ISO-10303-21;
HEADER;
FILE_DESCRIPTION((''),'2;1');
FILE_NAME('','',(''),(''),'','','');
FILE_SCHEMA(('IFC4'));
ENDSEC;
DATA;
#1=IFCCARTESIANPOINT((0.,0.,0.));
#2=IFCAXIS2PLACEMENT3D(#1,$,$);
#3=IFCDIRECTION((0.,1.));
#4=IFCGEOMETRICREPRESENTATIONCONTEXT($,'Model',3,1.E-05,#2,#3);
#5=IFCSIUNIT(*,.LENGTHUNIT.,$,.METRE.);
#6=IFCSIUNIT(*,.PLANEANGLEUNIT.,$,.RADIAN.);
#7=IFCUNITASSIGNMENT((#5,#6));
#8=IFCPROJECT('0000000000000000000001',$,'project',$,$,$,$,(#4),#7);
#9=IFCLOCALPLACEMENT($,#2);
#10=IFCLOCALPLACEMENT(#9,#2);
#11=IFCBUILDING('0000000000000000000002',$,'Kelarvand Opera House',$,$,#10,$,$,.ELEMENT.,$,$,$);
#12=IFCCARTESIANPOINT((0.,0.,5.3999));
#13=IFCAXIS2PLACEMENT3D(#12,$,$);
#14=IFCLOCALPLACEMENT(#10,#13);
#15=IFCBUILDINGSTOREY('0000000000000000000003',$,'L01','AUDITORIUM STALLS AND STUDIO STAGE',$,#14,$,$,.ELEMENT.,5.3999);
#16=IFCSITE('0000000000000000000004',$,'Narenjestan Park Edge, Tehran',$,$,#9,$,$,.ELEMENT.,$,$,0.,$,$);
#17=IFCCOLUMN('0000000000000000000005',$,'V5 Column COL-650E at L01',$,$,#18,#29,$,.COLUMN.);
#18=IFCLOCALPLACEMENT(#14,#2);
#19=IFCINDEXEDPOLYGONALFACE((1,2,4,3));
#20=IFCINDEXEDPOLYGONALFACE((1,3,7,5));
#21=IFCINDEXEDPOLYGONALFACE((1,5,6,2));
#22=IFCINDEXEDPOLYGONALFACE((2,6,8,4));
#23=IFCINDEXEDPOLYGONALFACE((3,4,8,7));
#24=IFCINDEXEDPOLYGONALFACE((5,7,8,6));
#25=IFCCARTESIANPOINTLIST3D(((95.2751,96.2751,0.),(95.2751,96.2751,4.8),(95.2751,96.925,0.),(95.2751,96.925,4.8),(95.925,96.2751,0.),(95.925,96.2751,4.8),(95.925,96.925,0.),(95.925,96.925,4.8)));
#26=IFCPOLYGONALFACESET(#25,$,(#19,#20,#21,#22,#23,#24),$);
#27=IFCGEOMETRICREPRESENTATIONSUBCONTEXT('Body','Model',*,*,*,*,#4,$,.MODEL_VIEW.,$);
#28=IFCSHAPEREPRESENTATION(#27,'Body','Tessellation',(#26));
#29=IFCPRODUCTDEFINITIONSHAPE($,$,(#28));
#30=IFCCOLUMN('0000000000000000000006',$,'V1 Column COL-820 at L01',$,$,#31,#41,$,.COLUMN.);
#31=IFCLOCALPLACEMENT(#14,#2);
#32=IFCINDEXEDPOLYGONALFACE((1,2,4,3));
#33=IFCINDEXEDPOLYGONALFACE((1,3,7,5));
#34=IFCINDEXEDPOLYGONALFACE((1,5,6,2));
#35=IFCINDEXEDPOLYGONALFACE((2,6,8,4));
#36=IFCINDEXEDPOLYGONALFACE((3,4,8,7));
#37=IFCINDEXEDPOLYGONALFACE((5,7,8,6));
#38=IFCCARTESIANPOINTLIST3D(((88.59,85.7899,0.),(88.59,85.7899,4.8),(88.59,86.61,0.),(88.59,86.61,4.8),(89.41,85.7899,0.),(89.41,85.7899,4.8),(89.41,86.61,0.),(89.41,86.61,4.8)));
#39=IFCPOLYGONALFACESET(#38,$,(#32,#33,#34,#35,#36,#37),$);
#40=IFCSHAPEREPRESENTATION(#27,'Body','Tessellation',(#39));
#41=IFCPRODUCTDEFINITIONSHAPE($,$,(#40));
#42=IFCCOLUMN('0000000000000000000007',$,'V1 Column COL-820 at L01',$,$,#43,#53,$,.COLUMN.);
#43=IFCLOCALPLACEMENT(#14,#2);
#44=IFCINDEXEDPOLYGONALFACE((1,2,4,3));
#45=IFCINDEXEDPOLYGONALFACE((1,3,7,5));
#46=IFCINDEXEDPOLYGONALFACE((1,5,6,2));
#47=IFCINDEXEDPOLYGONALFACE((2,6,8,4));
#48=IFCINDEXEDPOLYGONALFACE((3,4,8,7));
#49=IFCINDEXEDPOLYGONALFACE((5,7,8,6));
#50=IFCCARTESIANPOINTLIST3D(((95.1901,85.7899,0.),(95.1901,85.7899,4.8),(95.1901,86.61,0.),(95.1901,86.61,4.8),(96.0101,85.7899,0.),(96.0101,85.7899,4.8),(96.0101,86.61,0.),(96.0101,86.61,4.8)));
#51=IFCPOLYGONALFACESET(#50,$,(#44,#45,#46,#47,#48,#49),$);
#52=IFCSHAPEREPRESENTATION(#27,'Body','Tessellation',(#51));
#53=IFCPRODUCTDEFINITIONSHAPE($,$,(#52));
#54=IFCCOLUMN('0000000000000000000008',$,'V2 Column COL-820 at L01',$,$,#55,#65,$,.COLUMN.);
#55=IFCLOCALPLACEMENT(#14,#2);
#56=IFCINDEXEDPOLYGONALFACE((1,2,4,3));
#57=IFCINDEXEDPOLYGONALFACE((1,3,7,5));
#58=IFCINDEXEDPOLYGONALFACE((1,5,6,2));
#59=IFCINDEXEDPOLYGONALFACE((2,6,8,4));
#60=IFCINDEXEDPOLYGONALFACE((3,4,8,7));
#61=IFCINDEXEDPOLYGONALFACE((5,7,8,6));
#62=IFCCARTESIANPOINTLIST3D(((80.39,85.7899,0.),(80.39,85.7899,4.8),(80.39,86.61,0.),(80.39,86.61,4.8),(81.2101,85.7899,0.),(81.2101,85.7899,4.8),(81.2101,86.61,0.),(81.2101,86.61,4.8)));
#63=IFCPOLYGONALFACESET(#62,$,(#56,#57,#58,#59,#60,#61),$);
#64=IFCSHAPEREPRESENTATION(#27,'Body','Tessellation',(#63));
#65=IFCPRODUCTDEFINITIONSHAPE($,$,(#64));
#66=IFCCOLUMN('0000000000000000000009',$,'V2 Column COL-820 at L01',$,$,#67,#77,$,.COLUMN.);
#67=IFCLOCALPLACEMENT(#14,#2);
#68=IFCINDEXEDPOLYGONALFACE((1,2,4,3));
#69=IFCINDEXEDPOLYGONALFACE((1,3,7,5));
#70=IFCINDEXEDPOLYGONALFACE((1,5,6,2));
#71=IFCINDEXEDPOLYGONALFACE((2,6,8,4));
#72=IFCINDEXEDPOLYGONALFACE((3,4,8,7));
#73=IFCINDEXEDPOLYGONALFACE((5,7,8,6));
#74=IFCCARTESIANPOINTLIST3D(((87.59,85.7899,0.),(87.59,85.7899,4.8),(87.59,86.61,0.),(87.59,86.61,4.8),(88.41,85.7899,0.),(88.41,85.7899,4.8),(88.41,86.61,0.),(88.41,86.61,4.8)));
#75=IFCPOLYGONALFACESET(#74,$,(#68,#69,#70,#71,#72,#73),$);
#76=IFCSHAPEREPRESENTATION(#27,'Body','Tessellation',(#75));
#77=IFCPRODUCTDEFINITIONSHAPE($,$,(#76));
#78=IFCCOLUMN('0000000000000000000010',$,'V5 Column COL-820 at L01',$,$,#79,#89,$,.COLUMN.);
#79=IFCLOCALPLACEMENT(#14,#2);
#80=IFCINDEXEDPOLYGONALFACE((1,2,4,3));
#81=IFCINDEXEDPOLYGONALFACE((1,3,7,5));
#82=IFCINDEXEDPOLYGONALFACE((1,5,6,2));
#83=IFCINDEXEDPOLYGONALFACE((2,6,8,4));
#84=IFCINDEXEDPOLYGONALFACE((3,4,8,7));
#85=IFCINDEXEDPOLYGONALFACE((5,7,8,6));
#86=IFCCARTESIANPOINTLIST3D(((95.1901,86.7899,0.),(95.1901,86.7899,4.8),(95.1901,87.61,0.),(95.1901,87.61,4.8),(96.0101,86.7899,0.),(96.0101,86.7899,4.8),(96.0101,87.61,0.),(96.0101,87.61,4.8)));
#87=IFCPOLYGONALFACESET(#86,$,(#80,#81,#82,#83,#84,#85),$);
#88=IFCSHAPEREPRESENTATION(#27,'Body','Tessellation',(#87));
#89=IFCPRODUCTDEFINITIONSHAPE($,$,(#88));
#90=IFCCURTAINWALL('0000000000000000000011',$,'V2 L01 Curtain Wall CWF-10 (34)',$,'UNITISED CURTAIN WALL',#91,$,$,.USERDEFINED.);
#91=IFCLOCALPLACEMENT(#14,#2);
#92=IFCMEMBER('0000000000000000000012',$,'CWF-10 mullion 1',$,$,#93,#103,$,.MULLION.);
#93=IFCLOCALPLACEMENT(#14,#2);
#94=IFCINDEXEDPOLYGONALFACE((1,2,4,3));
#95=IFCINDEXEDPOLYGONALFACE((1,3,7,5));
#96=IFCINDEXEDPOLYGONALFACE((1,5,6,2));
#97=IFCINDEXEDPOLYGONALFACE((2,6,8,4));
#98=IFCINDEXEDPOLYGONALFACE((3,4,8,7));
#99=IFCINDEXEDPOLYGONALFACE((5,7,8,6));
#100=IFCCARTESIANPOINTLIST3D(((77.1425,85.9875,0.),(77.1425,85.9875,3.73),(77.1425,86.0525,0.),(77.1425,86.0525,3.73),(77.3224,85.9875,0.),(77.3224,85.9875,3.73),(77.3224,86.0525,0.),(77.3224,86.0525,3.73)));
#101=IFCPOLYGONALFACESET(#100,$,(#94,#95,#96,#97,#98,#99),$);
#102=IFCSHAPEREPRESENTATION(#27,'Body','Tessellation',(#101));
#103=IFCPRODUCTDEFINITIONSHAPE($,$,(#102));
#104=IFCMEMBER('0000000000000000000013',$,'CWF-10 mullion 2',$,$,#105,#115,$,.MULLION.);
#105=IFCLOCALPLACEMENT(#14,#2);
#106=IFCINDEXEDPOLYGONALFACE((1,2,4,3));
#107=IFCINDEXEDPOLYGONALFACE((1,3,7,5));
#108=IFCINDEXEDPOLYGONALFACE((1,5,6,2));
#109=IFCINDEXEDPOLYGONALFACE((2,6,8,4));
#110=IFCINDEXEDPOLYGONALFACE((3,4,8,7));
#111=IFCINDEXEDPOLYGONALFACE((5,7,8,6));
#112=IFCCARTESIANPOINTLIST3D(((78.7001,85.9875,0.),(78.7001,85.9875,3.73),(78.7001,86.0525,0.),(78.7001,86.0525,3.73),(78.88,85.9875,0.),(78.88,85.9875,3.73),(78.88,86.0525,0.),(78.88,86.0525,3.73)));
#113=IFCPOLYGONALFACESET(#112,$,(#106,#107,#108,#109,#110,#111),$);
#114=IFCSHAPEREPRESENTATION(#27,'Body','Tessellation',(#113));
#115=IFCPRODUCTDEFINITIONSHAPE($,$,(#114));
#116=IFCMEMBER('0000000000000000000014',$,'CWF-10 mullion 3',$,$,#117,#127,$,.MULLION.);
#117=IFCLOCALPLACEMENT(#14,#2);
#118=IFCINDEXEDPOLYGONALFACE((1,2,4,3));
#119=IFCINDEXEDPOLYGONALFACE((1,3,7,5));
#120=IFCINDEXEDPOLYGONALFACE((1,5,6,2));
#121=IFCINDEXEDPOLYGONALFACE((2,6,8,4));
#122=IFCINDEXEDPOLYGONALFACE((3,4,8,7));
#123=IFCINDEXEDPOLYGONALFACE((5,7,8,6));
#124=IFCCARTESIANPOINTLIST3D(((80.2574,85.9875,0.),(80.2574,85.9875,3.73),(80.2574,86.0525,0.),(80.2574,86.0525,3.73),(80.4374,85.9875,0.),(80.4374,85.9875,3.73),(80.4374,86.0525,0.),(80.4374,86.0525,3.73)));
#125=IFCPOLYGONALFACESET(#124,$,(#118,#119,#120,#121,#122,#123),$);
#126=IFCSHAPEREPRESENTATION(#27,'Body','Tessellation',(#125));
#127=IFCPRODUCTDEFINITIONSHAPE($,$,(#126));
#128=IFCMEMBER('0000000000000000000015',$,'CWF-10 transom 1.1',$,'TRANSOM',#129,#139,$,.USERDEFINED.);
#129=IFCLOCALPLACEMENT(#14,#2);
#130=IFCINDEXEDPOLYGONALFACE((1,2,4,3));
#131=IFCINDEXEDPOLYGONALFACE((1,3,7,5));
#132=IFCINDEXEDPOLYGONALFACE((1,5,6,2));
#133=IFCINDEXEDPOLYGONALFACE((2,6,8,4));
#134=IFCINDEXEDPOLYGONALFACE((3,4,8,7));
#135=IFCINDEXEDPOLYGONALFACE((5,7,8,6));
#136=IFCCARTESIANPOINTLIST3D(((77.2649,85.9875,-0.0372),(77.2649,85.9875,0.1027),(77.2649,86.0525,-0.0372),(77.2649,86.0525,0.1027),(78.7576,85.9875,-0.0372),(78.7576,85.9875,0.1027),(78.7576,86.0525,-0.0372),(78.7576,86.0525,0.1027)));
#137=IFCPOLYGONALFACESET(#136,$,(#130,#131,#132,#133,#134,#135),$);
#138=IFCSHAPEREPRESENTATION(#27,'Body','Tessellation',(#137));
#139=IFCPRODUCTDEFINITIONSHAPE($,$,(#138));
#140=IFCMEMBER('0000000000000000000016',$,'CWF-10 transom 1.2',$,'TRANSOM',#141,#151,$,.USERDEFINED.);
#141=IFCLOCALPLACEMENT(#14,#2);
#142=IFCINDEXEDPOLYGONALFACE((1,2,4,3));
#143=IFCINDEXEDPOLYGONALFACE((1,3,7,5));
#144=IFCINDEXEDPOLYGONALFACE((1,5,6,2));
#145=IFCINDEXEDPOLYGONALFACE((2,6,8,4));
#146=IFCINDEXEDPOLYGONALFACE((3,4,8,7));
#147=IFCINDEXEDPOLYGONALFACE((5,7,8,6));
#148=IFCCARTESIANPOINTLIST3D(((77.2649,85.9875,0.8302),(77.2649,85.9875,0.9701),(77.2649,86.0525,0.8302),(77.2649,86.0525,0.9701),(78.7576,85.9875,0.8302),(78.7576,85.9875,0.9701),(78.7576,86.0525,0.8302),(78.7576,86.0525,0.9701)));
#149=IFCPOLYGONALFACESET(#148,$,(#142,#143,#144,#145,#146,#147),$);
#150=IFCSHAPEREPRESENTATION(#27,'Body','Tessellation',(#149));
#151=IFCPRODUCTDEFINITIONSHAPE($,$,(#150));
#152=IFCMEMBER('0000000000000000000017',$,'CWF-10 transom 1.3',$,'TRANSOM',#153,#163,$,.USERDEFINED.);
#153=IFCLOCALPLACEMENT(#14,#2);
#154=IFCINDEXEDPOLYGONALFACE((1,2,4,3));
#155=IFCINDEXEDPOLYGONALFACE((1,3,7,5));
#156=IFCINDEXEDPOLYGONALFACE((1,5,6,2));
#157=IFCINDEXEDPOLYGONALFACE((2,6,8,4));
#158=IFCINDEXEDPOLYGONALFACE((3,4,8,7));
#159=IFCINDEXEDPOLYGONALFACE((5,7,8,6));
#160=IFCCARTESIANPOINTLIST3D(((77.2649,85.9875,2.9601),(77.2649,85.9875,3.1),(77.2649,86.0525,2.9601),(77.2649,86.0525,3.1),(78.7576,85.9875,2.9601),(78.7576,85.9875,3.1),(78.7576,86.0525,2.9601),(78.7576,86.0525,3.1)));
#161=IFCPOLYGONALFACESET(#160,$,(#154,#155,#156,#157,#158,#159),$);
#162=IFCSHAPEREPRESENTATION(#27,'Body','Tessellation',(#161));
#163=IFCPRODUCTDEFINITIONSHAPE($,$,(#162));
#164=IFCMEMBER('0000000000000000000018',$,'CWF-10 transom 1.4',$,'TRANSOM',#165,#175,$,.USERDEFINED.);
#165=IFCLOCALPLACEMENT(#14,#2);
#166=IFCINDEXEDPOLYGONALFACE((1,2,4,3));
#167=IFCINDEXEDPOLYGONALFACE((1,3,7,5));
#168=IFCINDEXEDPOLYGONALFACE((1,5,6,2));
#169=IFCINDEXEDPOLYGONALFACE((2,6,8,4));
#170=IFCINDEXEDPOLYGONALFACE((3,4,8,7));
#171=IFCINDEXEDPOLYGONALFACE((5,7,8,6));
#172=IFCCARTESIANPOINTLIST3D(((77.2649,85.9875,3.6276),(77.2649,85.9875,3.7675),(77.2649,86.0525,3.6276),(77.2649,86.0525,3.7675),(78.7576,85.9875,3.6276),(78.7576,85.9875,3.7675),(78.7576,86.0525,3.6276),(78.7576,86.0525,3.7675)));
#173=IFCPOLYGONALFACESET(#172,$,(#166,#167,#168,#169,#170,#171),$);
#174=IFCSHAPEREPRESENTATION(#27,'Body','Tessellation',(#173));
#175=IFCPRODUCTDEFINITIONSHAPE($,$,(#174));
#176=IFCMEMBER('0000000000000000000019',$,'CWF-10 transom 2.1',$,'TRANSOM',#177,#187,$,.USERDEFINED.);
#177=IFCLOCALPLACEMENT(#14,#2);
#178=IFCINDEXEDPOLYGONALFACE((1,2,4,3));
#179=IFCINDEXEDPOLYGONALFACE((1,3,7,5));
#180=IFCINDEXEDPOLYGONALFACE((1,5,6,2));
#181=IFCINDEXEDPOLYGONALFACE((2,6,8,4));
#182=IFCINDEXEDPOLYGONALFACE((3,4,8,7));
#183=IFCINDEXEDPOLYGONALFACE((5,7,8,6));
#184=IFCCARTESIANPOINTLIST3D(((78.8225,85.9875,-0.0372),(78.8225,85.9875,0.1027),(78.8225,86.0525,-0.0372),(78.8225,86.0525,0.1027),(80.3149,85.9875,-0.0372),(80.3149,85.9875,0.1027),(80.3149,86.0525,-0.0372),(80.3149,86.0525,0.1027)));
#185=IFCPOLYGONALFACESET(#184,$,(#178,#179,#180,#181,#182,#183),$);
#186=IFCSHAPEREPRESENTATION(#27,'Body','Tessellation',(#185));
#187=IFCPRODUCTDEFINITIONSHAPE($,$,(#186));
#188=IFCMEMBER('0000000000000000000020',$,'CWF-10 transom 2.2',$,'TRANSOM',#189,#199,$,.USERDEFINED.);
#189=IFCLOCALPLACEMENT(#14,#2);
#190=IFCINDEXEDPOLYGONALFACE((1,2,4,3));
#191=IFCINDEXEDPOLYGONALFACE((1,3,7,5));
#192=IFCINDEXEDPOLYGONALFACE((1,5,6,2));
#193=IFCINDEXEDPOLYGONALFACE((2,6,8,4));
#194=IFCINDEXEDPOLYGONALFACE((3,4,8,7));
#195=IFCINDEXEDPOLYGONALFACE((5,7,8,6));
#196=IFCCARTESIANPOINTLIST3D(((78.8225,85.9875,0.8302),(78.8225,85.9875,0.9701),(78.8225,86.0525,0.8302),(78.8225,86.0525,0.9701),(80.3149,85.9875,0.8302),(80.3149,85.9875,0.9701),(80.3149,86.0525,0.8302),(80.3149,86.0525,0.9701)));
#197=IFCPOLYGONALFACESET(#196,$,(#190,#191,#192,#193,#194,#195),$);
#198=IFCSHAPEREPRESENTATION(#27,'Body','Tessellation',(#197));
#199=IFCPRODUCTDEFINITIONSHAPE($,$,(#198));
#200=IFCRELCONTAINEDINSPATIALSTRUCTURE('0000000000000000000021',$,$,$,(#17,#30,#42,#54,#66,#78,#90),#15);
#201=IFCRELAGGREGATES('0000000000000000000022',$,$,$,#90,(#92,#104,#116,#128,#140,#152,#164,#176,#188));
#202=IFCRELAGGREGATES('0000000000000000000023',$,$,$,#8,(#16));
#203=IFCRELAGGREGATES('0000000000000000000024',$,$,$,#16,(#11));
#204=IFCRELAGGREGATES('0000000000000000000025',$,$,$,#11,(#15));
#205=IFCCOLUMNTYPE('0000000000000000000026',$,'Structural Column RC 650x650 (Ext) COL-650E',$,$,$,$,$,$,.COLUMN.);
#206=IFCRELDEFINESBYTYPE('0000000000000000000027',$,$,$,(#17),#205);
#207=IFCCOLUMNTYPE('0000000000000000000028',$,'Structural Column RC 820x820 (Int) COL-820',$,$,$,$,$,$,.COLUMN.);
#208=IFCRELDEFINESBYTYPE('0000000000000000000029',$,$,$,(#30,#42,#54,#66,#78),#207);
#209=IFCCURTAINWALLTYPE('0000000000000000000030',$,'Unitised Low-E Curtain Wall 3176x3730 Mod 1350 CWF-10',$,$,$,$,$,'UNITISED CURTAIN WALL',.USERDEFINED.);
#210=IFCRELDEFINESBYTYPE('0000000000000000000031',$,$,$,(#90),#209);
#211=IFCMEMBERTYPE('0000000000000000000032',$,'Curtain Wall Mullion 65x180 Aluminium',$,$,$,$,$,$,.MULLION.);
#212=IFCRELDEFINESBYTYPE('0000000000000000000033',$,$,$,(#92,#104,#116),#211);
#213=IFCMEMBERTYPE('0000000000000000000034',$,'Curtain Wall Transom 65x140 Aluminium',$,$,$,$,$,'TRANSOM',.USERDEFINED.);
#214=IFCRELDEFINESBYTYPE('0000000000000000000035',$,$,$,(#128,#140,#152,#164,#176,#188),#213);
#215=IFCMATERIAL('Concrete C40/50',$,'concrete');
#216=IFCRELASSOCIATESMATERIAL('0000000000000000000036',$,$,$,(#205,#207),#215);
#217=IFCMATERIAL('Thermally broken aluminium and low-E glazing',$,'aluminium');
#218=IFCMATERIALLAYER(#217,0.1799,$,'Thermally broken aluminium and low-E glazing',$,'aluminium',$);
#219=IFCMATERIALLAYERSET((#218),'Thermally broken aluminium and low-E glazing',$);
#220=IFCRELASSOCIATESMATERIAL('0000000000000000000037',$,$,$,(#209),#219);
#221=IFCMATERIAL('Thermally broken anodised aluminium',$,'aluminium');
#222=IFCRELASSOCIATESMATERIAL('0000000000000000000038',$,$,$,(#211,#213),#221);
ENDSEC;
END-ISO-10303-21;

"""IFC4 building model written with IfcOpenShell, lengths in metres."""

from ifc_helpers import new_model, si_unit, direction, frame, origin, origin_2d, place, context, subcontext, project, spatial, rectangle, extrude, material, layer, layer_set, material_profile, profile_set, type_object, element, aggregate, save


model = new_model("IFC4")

# Units and contexts
model_context = context("Model", 3, precision=1e-05, world=origin(), true_north=direction((0.0, 1.0)))
body_context = subcontext(model_context, "Body", "Model", "MODEL_VIEW")
ifc_project = project(units=[si_unit("LENGTHUNIT", "METRE"), si_unit("PLANEANGLEUNIT", "RADIAN")], contexts=[model_context])

# Site, building, storey
site_placement = place(None, origin())
site = spatial("IfcSite", under=ifc_project, at=site_placement, Name="Narenjestan Park Edge, Tehran", CompositionType="ELEMENT", RefElevation=0.0)
building_placement = place(site_placement, origin())
building = spatial("IfcBuilding", under=site, at=building_placement, Name="Kelarvand Opera House", CompositionType="ELEMENT")
storey_placement = place(building_placement, frame((0.0, 0.0, 5.3999)))
storey = spatial("IfcBuildingStorey", under=building, at=storey_placement, Name="L01", Description="AUDITORIUM STALLS AND STUDIO STAGE", CompositionType="ELEMENT", Elevation=5.3999)

# Columns
ifc_material_1 = material(Name="Concrete C40/50", Category="concrete")
ifc_material_profile_1 = material_profile(ifc_material_1, rectangle(XDim=0.6499, YDim=0.6499, at=origin_2d()), Name="RC 650x650", Category="concrete")
ifc_profile_set_1 = profile_set([ifc_material_profile_1], Name="Concrete C40/50")
column_type_1 = type_object("IfcColumnType", Name="Structural Column RC 650x650 (Ext) COL-650E", PredefinedType="COLUMN", material=ifc_profile_set_1)
column_placement = place(storey_placement, frame((95.6001, 96.6001, 0.0), z_axis=(0.0, 0.0, 1.0), x_axis=(1.0, 0.0, 0.0)))
element("IfcColumn", 1, at=column_placement, inside=storey, type_object=column_type_1, Name="V5 Column COL-650E at L01", PredefinedType="COLUMN", context=body_context, shape_type="SweptSolid", body=[
    extrude(rectangle(XDim=0.6499, YDim=0.6499, at=origin_2d()), origin(), (0.0, 0.0, 1.0), 4.8),
])
ifc_material_profile_2 = material_profile(ifc_material_1, rectangle(XDim=0.8201, YDim=0.8201, at=origin_2d()), Name="RC 820x820", Category="concrete")
ifc_profile_set_2 = profile_set([ifc_material_profile_2], Name="Concrete C40/50")
column_type_2 = type_object("IfcColumnType", Name="Structural Column RC 820x820 (Int) COL-820", PredefinedType="COLUMN", material=ifc_profile_set_2)
for number, where, z_axis, x_axis, name in (
    (2, (89.0, 86.2, 0.0), (0.0, 0.0, 1.0), (1.0, 0.0, 0.0), "V1 Column COL-820 at L01"),
    (3, (95.6001, 86.2, 0.0), (0.0, 0.0, 1.0), (1.0, 0.0, 0.0), "V1 Column COL-820 at L01"),
    (4, (80.8, 86.2, 0.0), (0.0, 0.0, 1.0), (1.0, 0.0, 0.0), "V2 Column COL-820 at L01"),
    (5, (88.0, 86.2, 0.0), (0.0, 0.0, 1.0), (1.0, 0.0, 0.0), "V2 Column COL-820 at L01"),
    (6, (95.6001, 87.2, 0.0), (0.0, 0.0, 1.0), (1.0, 0.0, 0.0), "V5 Column COL-820 at L01"),
):
    element("IfcColumn", number, at=place(storey_placement, frame(where, z_axis=z_axis, x_axis=x_axis)), inside=storey, type_object=column_type_2, Name=name, PredefinedType="COLUMN", context=body_context, shape_type="SweptSolid", body=[
        extrude(rectangle(XDim=0.8201, YDim=0.8201, at=origin_2d()), origin(), (0.0, 0.0, 1.0), 4.8),
    ])

# Curtain wall, members
ifc_material_2 = material(Name="Thermally broken aluminium and low-E glazing", Category="aluminium")
ifc_layer_1 = layer(ifc_material_2, 0.1799, Name="Thermally broken aluminium and low-E glazing", Category="aluminium")
ifc_layer_set_1 = layer_set([ifc_layer_1], Name="Thermally broken aluminium and low-E glazing")
curtain_wall_type = type_object("IfcCurtainWallType", Name="Unitised Low-E Curtain Wall 3176x3730 Mod 1350 CWF-10", ElementType="UNITISED CURTAIN WALL", PredefinedType="USERDEFINED", material=ifc_layer_set_1)
curtain_wall_placement = place(storey_placement, origin())
curtain_wall = element("IfcCurtainWall", 7, at=curtain_wall_placement, inside=storey, type_object=curtain_wall_type, Name="V2 L01 Curtain Wall CWF-10 (34)", ObjectType="UNITISED CURTAIN WALL", PredefinedType="USERDEFINED")
ifc_material_3 = material(Name="Thermally broken anodised aluminium", Category="aluminium")
ifc_material_profile_3 = material_profile(ifc_material_3, rectangle(XDim=0.0649, YDim=0.1799, at=origin_2d()), Name="ALU MULLION 65x180", Category="aluminium")
ifc_profile_set_3 = profile_set([ifc_material_profile_3], Name="Thermally broken anodised aluminium")
member_type_1 = type_object("IfcMemberType", Name="Curtain Wall Mullion 65x180 Aluminium", PredefinedType="MULLION", material=ifc_profile_set_3)
member_1_placement = place(storey_placement, frame((77.2324, 86.02, 0.0), z_axis=(0.0, 0.0, 1.0), x_axis=(0.0, 1.0, 0.0)))
member_1 = element("IfcMember", 8, at=member_1_placement, type_object=member_type_1, Name="CWF-10 mullion 1", PredefinedType="MULLION", context=body_context, shape_type="SweptSolid", body=[
    extrude(rectangle(XDim=0.0649, YDim=0.1799, at=origin_2d()), origin(), (0.0, 0.0, 1.0), 3.73),
])
member_2_placement = place(storey_placement, frame((78.79, 86.02, 0.0), z_axis=(0.0, 0.0, 1.0), x_axis=(0.0, 1.0, 0.0)))
member_2 = element("IfcMember", 9, at=member_2_placement, type_object=member_type_1, Name="CWF-10 mullion 2", PredefinedType="MULLION", context=body_context, shape_type="SweptSolid", body=[
    extrude(rectangle(XDim=0.0649, YDim=0.1799, at=origin_2d()), origin(), (0.0, 0.0, 1.0), 3.73),
])
member_3_placement = place(storey_placement, frame((80.3474, 86.02, 0.0), z_axis=(0.0, 0.0, 1.0), x_axis=(0.0, 1.0, 0.0)))
member_3 = element("IfcMember", 10, at=member_3_placement, type_object=member_type_1, Name="CWF-10 mullion 3", PredefinedType="MULLION", context=body_context, shape_type="SweptSolid", body=[
    extrude(rectangle(XDim=0.0649, YDim=0.1799, at=origin_2d()), origin(), (0.0, 0.0, 1.0), 3.73),
])
ifc_material_profile_4 = material_profile(ifc_material_3, rectangle(XDim=0.0649, YDim=0.1399, at=origin_2d()), Name="ALU TRANSOM 65x140", Category="aluminium")
ifc_profile_set_4 = profile_set([ifc_material_profile_4], Name="Thermally broken anodised aluminium")
member_type_2 = type_object("IfcMemberType", Name="Curtain Wall Transom 65x140 Aluminium", ElementType="TRANSOM", PredefinedType="USERDEFINED", material=ifc_profile_set_4)
member_4_placement = place(storey_placement, frame((77.2649, 86.02, 0.0327), z_axis=(1.0, 0.0, 0.0), x_axis=(0.0, 1.0, 0.0)))
member_4 = element("IfcMember", 11, at=member_4_placement, type_object=member_type_2, Name="CWF-10 transom 1.1", ObjectType="TRANSOM", PredefinedType="USERDEFINED", context=body_context, shape_type="SweptSolid", body=[
    extrude(rectangle(XDim=0.0649, YDim=0.1399, at=origin_2d()), origin(), (0.0, 0.0, 1.0), 1.4927),
])
member_5_placement = place(storey_placement, frame((77.2649, 86.02, 0.9001), z_axis=(1.0, 0.0, 0.0), x_axis=(0.0, 1.0, 0.0)))
member_5 = element("IfcMember", 12, at=member_5_placement, type_object=member_type_2, Name="CWF-10 transom 1.2", ObjectType="TRANSOM", PredefinedType="USERDEFINED", context=body_context, shape_type="SweptSolid", body=[
    extrude(rectangle(XDim=0.0649, YDim=0.1399, at=origin_2d()), origin(), (0.0, 0.0, 1.0), 1.4927),
])
member_6_placement = place(storey_placement, frame((77.2649, 86.02, 3.03), z_axis=(1.0, 0.0, 0.0), x_axis=(0.0, 1.0, 0.0)))
member_6 = element("IfcMember", 13, at=member_6_placement, type_object=member_type_2, Name="CWF-10 transom 1.3", ObjectType="TRANSOM", PredefinedType="USERDEFINED", context=body_context, shape_type="SweptSolid", body=[
    extrude(rectangle(XDim=0.0649, YDim=0.1399, at=origin_2d()), origin(), (0.0, 0.0, 1.0), 1.4927),
])
member_7_placement = place(storey_placement, frame((77.2649, 86.02, 3.6975), z_axis=(1.0, 0.0, 0.0), x_axis=(0.0, 1.0, 0.0)))
member_7 = element("IfcMember", 14, at=member_7_placement, type_object=member_type_2, Name="CWF-10 transom 1.4", ObjectType="TRANSOM", PredefinedType="USERDEFINED", context=body_context, shape_type="SweptSolid", body=[
    extrude(rectangle(XDim=0.0649, YDim=0.1399, at=origin_2d()), origin(), (0.0, 0.0, 1.0), 1.4927),
])
member_8_placement = place(storey_placement, frame((78.8225, 86.02, 0.0327), z_axis=(1.0, 0.0, 0.0), x_axis=(0.0, 1.0, 0.0)))
member_8 = element("IfcMember", 15, at=member_8_placement, type_object=member_type_2, Name="CWF-10 transom 2.1", ObjectType="TRANSOM", PredefinedType="USERDEFINED", context=body_context, shape_type="SweptSolid", body=[
    extrude(rectangle(XDim=0.0649, YDim=0.1399, at=origin_2d()), origin(), (0.0, 0.0, 1.0), 1.4924),
])
member_9_placement = place(storey_placement, frame((78.8225, 86.02, 0.9001), z_axis=(1.0, 0.0, 0.0), x_axis=(0.0, 1.0, 0.0)))
member_9 = element("IfcMember", 16, at=member_9_placement, type_object=member_type_2, Name="CWF-10 transom 2.2", ObjectType="TRANSOM", PredefinedType="USERDEFINED", context=body_context, shape_type="SweptSolid", body=[
    extrude(rectangle(XDim=0.0649, YDim=0.1399, at=origin_2d()), origin(), (0.0, 0.0, 1.0), 1.4924),
])

aggregate(curtain_wall, [member_1, member_2, member_3, member_4, member_5, member_6, member_7, member_8, member_9])

save(model, "model.ifc")
